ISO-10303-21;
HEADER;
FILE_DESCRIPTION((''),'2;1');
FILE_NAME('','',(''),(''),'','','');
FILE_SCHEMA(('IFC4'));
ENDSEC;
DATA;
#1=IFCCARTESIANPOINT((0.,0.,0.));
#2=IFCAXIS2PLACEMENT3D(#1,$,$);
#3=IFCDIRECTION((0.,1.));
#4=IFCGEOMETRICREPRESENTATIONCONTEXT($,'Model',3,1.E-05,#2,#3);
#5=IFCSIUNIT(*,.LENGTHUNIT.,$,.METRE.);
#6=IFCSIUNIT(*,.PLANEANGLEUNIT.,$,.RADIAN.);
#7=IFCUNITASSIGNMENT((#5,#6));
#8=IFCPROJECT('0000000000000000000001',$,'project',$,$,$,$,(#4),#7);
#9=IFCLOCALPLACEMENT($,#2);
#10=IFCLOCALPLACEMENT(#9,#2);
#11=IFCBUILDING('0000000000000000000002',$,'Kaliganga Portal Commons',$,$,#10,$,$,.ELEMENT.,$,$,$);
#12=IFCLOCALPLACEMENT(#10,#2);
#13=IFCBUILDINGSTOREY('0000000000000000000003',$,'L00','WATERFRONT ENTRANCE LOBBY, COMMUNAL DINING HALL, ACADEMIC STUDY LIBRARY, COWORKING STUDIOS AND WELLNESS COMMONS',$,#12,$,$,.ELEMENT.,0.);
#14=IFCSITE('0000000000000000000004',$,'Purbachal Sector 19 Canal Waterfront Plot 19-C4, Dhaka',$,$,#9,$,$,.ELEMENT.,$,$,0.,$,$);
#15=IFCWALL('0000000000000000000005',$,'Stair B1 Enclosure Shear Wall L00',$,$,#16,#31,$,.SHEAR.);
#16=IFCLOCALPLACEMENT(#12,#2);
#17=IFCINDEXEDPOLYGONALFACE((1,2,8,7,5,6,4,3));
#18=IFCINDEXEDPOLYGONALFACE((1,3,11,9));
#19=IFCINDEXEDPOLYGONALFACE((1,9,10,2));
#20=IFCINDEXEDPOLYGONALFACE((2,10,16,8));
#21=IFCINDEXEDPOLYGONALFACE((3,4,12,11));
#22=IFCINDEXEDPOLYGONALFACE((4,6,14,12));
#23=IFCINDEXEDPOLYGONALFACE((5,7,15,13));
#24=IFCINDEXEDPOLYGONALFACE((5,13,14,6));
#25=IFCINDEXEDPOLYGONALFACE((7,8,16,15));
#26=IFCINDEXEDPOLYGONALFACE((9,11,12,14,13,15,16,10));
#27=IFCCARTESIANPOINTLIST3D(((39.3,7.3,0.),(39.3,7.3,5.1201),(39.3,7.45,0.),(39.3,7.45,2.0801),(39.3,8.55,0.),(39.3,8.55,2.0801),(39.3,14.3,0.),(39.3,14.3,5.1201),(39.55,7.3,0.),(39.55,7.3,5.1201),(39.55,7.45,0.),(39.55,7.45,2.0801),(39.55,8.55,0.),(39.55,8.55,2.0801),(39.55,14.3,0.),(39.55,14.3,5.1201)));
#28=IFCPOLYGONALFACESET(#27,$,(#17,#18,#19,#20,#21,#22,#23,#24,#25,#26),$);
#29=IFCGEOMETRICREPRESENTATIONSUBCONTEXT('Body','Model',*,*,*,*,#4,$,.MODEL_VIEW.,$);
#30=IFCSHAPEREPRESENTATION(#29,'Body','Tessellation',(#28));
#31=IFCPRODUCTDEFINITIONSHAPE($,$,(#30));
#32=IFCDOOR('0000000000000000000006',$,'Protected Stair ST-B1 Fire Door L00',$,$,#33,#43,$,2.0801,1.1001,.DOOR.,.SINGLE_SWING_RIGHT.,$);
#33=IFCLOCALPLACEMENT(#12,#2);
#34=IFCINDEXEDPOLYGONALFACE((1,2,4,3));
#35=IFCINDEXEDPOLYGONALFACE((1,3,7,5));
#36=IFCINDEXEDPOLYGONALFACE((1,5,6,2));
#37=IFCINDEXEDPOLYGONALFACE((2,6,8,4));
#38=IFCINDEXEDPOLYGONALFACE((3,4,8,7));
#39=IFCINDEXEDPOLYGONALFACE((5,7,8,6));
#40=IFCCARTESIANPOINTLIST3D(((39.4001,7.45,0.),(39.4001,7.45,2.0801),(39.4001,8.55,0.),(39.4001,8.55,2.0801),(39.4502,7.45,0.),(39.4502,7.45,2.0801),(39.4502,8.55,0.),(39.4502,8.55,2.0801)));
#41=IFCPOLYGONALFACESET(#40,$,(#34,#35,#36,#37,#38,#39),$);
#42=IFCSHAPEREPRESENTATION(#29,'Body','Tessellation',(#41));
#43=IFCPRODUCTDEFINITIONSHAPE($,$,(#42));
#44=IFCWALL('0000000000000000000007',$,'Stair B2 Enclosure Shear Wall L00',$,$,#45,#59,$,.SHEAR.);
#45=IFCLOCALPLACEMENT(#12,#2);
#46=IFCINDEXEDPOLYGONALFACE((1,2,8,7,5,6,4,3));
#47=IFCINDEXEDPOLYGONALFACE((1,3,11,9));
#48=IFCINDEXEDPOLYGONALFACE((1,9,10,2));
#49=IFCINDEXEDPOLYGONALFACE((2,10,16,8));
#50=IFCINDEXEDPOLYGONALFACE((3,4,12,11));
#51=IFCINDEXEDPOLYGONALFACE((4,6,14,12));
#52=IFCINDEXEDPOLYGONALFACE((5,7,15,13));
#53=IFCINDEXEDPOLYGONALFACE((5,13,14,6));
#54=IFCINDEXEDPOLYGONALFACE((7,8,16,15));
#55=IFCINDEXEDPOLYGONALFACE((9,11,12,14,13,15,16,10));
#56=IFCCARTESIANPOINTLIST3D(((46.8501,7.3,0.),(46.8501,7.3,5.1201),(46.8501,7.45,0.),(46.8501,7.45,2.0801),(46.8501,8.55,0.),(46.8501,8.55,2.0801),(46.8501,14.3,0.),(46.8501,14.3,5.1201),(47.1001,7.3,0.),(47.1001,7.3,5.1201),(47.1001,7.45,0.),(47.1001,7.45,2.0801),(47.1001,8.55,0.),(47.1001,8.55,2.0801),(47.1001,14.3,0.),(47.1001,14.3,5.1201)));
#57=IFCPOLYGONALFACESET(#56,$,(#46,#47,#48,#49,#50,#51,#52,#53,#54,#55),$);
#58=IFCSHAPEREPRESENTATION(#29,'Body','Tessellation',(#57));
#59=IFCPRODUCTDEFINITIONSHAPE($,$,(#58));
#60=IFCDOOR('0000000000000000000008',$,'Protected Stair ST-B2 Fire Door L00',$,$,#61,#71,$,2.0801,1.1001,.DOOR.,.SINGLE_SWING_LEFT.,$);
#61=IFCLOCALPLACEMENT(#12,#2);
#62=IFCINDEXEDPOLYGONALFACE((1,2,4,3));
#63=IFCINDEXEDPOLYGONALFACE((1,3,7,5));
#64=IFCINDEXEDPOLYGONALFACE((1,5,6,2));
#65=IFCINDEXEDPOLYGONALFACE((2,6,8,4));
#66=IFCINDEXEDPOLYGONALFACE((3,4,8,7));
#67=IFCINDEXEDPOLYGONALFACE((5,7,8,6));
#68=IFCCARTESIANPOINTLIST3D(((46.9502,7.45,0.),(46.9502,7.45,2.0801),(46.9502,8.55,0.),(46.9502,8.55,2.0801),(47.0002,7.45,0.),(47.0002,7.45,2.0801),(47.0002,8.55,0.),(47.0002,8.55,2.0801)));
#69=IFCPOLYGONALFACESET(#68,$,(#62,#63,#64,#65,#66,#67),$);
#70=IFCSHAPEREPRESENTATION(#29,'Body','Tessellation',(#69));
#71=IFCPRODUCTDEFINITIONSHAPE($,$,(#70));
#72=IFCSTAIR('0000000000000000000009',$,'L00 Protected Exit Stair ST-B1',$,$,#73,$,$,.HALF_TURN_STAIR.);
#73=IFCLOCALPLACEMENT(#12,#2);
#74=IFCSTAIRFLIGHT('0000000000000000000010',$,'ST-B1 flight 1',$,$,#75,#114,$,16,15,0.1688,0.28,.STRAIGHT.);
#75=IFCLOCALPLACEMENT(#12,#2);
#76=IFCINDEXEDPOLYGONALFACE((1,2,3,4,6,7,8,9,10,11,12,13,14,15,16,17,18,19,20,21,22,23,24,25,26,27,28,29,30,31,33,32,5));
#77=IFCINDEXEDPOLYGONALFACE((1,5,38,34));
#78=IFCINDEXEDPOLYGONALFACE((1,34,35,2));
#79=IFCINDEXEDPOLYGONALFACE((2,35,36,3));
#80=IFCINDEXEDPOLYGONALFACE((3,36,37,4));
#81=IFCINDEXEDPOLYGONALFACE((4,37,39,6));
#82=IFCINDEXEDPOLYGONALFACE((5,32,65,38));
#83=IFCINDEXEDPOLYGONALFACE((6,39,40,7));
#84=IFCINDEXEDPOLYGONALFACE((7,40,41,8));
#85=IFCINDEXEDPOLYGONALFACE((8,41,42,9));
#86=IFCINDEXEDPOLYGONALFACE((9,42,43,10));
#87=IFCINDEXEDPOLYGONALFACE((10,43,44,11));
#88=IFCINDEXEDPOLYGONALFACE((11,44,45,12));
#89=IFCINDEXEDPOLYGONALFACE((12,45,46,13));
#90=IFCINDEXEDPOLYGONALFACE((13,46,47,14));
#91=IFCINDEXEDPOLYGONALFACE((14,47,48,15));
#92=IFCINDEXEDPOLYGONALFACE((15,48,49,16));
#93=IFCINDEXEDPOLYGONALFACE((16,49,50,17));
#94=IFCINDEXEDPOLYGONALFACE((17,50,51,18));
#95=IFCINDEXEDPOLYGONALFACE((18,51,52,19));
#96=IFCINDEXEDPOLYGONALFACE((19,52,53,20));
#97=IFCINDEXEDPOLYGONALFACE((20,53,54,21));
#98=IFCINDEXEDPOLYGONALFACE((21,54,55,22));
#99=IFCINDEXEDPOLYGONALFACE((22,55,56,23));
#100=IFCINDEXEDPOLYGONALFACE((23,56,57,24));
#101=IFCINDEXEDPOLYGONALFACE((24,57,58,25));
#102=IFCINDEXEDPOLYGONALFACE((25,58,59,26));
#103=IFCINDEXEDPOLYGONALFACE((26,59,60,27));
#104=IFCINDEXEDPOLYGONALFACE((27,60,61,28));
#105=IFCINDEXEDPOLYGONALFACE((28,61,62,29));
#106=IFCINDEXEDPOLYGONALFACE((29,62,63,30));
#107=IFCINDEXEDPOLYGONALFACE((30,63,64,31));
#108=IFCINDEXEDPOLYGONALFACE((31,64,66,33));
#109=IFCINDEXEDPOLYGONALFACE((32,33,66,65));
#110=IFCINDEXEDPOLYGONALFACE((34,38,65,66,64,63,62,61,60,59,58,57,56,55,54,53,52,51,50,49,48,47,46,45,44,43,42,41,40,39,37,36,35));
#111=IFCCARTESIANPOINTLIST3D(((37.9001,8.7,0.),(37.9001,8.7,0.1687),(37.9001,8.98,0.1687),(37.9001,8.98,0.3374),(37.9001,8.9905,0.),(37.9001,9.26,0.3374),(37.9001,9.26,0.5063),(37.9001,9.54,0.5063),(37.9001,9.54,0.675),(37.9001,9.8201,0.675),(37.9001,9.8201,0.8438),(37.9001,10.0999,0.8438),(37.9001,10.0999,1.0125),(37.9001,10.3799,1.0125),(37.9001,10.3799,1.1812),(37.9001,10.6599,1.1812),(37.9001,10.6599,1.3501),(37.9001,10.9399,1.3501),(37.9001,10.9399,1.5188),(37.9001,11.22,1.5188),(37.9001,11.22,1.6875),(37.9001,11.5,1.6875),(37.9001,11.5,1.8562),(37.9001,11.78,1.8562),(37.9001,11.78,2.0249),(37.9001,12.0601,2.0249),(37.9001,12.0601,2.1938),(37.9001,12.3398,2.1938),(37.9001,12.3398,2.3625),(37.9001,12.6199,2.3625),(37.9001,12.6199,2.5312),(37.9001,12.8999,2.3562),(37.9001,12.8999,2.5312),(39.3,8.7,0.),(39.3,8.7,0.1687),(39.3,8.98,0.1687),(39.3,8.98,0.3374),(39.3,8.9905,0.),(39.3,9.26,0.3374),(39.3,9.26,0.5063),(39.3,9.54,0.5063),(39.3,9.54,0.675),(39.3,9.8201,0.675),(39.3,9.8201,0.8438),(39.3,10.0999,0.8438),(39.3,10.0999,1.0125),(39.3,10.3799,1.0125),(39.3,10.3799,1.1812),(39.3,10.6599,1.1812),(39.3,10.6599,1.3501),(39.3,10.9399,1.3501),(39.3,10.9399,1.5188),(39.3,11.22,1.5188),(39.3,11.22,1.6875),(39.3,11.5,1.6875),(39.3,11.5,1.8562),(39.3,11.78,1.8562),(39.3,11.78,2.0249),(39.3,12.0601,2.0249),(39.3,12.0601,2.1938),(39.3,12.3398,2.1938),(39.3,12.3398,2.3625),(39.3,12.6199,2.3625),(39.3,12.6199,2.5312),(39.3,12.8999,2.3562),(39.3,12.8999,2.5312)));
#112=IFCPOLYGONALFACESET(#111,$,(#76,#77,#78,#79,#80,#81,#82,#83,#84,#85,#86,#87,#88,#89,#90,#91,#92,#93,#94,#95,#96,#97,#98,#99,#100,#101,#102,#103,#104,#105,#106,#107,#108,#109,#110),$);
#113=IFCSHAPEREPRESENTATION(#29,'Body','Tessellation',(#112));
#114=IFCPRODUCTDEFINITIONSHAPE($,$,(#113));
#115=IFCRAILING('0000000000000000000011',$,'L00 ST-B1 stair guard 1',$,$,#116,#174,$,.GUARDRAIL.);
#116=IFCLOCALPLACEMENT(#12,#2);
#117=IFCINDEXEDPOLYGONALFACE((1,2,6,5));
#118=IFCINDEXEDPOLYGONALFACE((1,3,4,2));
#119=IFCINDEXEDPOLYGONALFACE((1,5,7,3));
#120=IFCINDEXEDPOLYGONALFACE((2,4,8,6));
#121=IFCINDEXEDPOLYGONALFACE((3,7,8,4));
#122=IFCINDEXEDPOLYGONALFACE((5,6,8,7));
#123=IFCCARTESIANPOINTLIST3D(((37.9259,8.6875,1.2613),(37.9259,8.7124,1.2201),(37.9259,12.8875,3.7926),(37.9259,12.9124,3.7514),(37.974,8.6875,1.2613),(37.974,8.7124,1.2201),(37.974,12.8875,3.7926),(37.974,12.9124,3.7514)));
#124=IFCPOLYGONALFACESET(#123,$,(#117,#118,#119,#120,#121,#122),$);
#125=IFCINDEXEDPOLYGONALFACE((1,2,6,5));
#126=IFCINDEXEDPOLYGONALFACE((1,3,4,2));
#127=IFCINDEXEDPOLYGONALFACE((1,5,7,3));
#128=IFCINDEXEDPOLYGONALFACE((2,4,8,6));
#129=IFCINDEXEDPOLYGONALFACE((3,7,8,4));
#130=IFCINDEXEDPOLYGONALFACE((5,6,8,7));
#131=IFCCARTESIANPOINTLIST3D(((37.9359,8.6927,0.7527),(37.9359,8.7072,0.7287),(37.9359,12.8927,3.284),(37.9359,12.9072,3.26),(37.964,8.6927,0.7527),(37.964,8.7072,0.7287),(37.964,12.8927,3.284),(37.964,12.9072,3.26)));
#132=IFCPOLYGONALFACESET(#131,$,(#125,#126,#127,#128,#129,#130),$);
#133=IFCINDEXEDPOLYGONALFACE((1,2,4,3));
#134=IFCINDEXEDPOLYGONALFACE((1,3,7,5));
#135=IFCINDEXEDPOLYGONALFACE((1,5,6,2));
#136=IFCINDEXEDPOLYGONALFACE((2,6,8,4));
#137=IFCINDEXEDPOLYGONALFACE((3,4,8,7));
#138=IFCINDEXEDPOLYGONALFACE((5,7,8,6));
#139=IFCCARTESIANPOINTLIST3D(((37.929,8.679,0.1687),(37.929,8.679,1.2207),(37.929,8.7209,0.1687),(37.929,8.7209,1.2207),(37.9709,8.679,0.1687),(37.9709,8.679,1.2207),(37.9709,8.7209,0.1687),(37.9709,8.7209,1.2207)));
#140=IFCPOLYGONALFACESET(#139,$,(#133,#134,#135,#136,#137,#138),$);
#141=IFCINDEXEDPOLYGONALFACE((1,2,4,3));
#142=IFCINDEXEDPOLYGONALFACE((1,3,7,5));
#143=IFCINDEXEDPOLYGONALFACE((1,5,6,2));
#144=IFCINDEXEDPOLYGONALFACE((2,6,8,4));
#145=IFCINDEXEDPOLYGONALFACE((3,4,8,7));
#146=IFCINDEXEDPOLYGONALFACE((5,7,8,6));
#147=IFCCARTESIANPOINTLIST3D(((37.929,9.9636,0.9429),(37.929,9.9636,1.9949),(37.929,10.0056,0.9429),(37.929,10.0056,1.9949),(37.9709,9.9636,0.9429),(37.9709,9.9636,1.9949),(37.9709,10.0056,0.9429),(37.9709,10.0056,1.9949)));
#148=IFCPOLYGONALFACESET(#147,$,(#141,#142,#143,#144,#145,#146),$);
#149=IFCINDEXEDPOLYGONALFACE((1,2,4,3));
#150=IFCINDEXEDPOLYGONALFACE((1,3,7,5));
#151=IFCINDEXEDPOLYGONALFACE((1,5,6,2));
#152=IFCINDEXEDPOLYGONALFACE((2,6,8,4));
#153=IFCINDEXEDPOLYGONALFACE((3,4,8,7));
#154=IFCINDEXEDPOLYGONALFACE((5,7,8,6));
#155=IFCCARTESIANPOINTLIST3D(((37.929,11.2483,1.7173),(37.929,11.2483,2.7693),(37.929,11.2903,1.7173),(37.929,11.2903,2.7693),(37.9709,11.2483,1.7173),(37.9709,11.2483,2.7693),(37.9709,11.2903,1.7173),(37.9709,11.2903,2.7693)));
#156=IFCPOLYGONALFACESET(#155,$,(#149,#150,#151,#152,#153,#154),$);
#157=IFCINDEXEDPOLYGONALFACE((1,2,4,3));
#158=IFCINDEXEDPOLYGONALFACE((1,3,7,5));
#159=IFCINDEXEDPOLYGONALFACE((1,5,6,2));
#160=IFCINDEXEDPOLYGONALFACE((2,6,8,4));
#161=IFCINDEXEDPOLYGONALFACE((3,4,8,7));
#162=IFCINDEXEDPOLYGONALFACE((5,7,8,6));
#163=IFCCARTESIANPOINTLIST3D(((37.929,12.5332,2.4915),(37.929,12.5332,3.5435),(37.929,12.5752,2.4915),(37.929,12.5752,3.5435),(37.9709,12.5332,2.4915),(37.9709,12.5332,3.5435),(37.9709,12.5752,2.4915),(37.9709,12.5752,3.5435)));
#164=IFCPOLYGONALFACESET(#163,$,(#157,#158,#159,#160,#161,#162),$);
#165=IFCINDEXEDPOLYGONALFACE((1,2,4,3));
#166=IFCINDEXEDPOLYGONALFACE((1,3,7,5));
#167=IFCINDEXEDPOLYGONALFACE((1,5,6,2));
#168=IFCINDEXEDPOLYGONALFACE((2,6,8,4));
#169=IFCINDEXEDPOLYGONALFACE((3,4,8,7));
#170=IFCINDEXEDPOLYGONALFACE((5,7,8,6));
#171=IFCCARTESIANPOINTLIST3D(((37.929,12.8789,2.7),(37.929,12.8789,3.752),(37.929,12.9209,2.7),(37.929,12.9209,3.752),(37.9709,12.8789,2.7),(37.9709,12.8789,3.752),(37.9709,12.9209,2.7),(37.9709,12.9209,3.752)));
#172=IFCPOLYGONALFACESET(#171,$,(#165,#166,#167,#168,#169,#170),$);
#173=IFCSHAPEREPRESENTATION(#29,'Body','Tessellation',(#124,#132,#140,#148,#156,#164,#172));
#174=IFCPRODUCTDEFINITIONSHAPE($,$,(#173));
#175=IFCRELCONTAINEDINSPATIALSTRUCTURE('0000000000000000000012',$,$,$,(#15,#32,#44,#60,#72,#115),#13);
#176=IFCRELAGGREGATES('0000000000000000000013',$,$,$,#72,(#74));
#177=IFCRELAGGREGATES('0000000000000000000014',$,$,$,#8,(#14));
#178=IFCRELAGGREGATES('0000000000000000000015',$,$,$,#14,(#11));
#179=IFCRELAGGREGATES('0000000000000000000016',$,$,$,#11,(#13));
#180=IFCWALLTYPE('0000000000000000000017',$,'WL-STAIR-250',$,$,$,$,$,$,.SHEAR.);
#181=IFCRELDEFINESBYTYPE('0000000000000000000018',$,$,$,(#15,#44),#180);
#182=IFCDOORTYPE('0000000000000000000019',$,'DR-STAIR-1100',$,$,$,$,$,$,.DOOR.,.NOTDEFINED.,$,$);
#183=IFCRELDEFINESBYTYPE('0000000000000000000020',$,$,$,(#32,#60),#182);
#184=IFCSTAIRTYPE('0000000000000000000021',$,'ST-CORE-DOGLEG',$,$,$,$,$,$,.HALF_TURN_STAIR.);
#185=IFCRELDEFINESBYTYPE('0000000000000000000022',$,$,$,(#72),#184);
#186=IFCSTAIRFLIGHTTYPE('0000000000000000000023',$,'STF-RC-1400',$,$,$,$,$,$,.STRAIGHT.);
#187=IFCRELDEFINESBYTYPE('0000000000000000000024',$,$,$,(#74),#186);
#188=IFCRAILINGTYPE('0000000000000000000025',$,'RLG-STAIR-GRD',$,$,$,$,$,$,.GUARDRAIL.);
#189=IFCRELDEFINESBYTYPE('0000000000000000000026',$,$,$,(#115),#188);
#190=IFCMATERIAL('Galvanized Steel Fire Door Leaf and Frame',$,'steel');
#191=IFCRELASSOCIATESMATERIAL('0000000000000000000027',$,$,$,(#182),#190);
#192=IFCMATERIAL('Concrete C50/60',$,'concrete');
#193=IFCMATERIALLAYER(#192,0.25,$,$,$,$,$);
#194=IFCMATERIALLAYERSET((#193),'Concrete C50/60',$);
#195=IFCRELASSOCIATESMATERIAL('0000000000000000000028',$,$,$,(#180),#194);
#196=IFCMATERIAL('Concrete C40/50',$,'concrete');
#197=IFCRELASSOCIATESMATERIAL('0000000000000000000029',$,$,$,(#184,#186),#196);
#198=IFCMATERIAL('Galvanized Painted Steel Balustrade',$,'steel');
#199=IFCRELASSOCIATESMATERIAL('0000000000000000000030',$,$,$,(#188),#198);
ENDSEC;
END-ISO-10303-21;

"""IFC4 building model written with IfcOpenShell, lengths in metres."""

from ifc_helpers import new_model, si_unit, direction, frame, frame_2d, origin, origin_2d, place, context, subcontext, project, spatial, polyline, rectangle, outline, extrude, material, layer, layer_set, type_object, element, fill, aggregate, save


model = new_model("IFC4")

# Units and contexts
model_context = context("Model", 3, precision=1e-05, world=origin(), true_north=direction((0.0, 1.0)))
body_context = subcontext(model_context, "Body", "Model", "MODEL_VIEW")
ifc_project = project(units=[si_unit("LENGTHUNIT", "METRE"), si_unit("PLANEANGLEUNIT", "RADIAN")], contexts=[model_context])

# Site, building, storey
site_placement = place(None, origin())
site = spatial("IfcSite", under=ifc_project, at=site_placement, Name="Purbachal Sector 19 Canal Waterfront Plot 19-C4, Dhaka", CompositionType="ELEMENT", RefElevation=0.0)
building_placement = place(site_placement, origin())
building = spatial("IfcBuilding", under=site, at=building_placement, Name="Kaliganga Portal Commons", CompositionType="ELEMENT")
storey_placement = place(building_placement, origin())
storey = spatial("IfcBuildingStorey", under=building, at=storey_placement, Name="L00", Description="WATERFRONT ENTRANCE LOBBY, COMMUNAL DINING HALL, ACADEMIC STUDY LIBRARY, COWORKING STUDIOS AND WELLNESS COMMONS", CompositionType="ELEMENT", Elevation=0.0)

# Shared definitions
ifc_material_1 = material(Name="Galvanized Steel Fire Door Leaf and Frame", Category="steel")
door_type_1 = type_object("IfcDoorType", Name="DR-STAIR-1100", OperationType="NOTDEFINED", PredefinedType="DOOR", material=ifc_material_1)

# Walls, openings, doors
ifc_material_2 = material(Name="Concrete C50/60", Category="concrete")
ifc_layer_1 = layer(ifc_material_2, 0.25)
ifc_layer_set_1 = layer_set([ifc_layer_1], Name="Concrete C50/60")
wall_type_1 = type_object("IfcWallType", Name="WL-STAIR-250", PredefinedType="SHEAR", material=ifc_layer_set_1)
wall_1_placement = place(storey_placement, frame((39.425, 7.3, 0.0), z_axis=(0.0, 0.0, 1.0), x_axis=(0.0, 1.0, 0.0)))
wall_1 = element("IfcWall", 1, at=wall_1_placement, inside=storey, type_object=wall_type_1, Name="Stair B1 Enclosure Shear Wall L00", PredefinedType="SHEAR", context=body_context, shape_type="SweptSolid", body=[
    extrude(rectangle(XDim=7.0, YDim=0.25, at=frame_2d((3.5, 0.0))), origin(), (0.0, 0.0, 1.0), 5.1201),
])
opening_1_placement = place(wall_1_placement, frame((0.1499, 0.0, 0.0)))
opening_1 = element("IfcOpeningElement", 2, at=opening_1_placement, cuts=wall_1, PredefinedType="OPENING", context=body_context, shape_type="SweptSolid", body=[
    extrude(rectangle(XDim=1.1001, YDim=2.0801, at=frame_2d((0.55, 1.04))), frame((0.0, 0.135, 0.0), z_axis=(0.0, -1.0, 0.0), x_axis=(1.0, 0.0, 0.0)), (0.0, 0.0, 1.0), 0.27),
])
door_1_placement = place(opening_1_placement, origin())
door_1 = element("IfcDoor", 3, at=door_1_placement, inside=storey, type_object=door_type_1, Name="Protected Stair ST-B1 Fire Door L00", OperationType="SINGLE_SWING_RIGHT", OverallHeight=2.0801, OverallWidth=1.1001, PredefinedType="DOOR", context=body_context, shape_type="SweptSolid", body=[
    extrude(rectangle(XDim=1.1001, YDim=2.0801, at=frame_2d((0.55, 1.04))), frame((0.0, 0.0249, 0.0), z_axis=(0.0, -1.0, 0.0), x_axis=(1.0, 0.0, 0.0)), (0.0, 0.0, 1.0), 0.05),
])
fill(opening_1, door_1)
wall_2_placement = place(storey_placement, frame((46.9751, 7.3, 0.0), z_axis=(0.0, 0.0, 1.0), x_axis=(0.0, 1.0, 0.0)))
wall_2 = element("IfcWall", 4, at=wall_2_placement, inside=storey, type_object=wall_type_1, Name="Stair B2 Enclosure Shear Wall L00", PredefinedType="SHEAR", context=body_context, shape_type="SweptSolid", body=[
    extrude(rectangle(XDim=7.0, YDim=0.25, at=frame_2d((3.5, 0.0))), origin(), (0.0, 0.0, 1.0), 5.1201),
])
opening_2_placement = place(wall_2_placement, frame((0.1499, 0.0, 0.0)))
opening_2 = element("IfcOpeningElement", 5, at=opening_2_placement, cuts=wall_2, PredefinedType="OPENING", context=body_context, shape_type="SweptSolid", body=[
    extrude(rectangle(XDim=1.1001, YDim=2.0801, at=frame_2d((0.55, 1.04))), frame((0.0, 0.135, 0.0), z_axis=(0.0, -1.0, 0.0), x_axis=(1.0, 0.0, 0.0)), (0.0, 0.0, 1.0), 0.27),
])
door_2_placement = place(opening_2_placement, origin())
door_2 = element("IfcDoor", 6, at=door_2_placement, inside=storey, type_object=door_type_1, Name="Protected Stair ST-B2 Fire Door L00", OperationType="SINGLE_SWING_LEFT", OverallHeight=2.0801, OverallWidth=1.1001, PredefinedType="DOOR", context=body_context, shape_type="SweptSolid", body=[
    extrude(rectangle(XDim=1.1001, YDim=2.0801, at=frame_2d((0.55, 1.04))), frame((0.0, 0.0249, 0.0), z_axis=(0.0, -1.0, 0.0), x_axis=(1.0, 0.0, 0.0)), (0.0, 0.0, 1.0), 0.05),
])
fill(opening_2, door_2)

# Stair, stair flight
ifc_material_3 = material(Name="Concrete C40/50", Category="concrete")
stair_type = type_object("IfcStairType", Name="ST-CORE-DOGLEG", PredefinedType="HALF_TURN_STAIR", material=ifc_material_3)
stair_placement = place(storey_placement, origin())
stair = element("IfcStair", 7, at=stair_placement, inside=storey, type_object=stair_type, Name="L00 Protected Exit Stair ST-B1", PredefinedType="HALF_TURN_STAIR")
stair_flight_type = type_object("IfcStairFlightType", Name="STF-RC-1400", PredefinedType="STRAIGHT", material=ifc_material_3)
stair_flight_placement = place(storey_placement, frame((38.6001, 8.7, 0.0), z_axis=(0.0, 0.0, 1.0), x_axis=(0.0, 1.0, 0.0)))
stair_flight = element("IfcStairFlight", 8, at=stair_flight_placement, type_object=stair_flight_type, Name="ST-B1 flight 1", NumberOfRisers=16, NumberOfTreads=15, PredefinedType="STRAIGHT", RiserHeight=0.1688, TreadLength=0.28, context=body_context, shape_type="SweptSolid", body=[
    extrude(outline(polyline([(0.0, 0.0), (0.0, 0.1687), (0.28, 0.1687), (0.28, 0.3374), (0.5601, 0.3374), (0.5601, 0.5063), (0.8401, 0.5063), (0.8401, 0.675), (1.1201, 0.675), (1.1201, 0.8438), (1.3999, 0.8438), (1.3999, 1.0125), (1.6799, 1.0125), (1.6799, 1.1812), (1.96, 1.1812), (1.96, 1.3501), (2.24, 1.3501), (2.24, 1.5188), (2.52, 1.5188), (2.52, 1.6875), (2.8, 1.6875), (2.8, 1.8562), (3.0801, 1.8562), (3.0801, 2.0249), (3.3601, 2.0249), (3.3601, 2.1938), (3.6399, 2.1938), (3.6399, 2.3625), (3.9199, 2.3625), (3.9199, 2.5312), (4.2, 2.5312), (4.2, 2.7), (4.2, 2.3562), (0.2905, 0.0), (0.0, 0.0)])), frame((0.0, 0.7, 0.0), z_axis=(0.0, -1.0, 0.0), x_axis=(1.0, 0.0, 0.0)), (0.0, 0.0, 1.0), 1.3999),
])
aggregate(stair, [stair_flight])

# Railing
ifc_material_4 = material(Name="Galvanized Painted Steel Balustrade", Category="steel")
railing_type_1 = type_object("IfcRailingType", Name="RLG-STAIR-GRD", PredefinedType="GUARDRAIL", material=ifc_material_4)
railing_1_placement = place(storey_placement, frame((37.95, 8.7, 0.1687)))
element("IfcRailing", 9, at=railing_1_placement, inside=storey, type_object=railing_type_1, Name="L00 ST-B1 stair guard 1", PredefinedType="GUARDRAIL", context=body_context, shape_type="SweptSolid", body=[
    extrude(rectangle(XDim=0.0481, YDim=0.0481, at=origin_2d()), frame((0.0, 0.0, 1.072), z_axis=(0.0, 0.856476, 0.516186), x_axis=(-1.0, 0.0, 0.0)), (0.0, 0.0, 1.0), 4.9038),
    extrude(rectangle(XDim=0.0281, YDim=0.0281, at=origin_2d()), frame((0.0, 0.0, 0.572), z_axis=(0.0, 0.856476, 0.516186), x_axis=(-1.0, 0.0, 0.0)), (0.0, 0.0, 1.0), 4.9038),
    extrude(rectangle(XDim=0.042, YDim=0.042, at=origin_2d()), origin(), (0.0, 0.0, 1.0), 1.052),
    extrude(rectangle(XDim=0.042, YDim=0.042, at=origin_2d()), frame((0.0, 1.2847, 0.7742)), (0.0, 0.0, 1.0), 1.052),
    extrude(rectangle(XDim=0.042, YDim=0.042, at=origin_2d()), frame((0.0, 2.5693, 1.5486)), (0.0, 0.0, 1.0), 1.052),
    extrude(rectangle(XDim=0.042, YDim=0.042, at=origin_2d()), frame((0.0, 3.8542, 2.3228)), (0.0, 0.0, 1.0), 1.052),
    extrude(rectangle(XDim=0.042, YDim=0.042, at=origin_2d()), frame((0.0, 4.2, 2.5312)), (0.0, 0.0, 1.0), 1.052),
])

save(model, "model.ifc")
